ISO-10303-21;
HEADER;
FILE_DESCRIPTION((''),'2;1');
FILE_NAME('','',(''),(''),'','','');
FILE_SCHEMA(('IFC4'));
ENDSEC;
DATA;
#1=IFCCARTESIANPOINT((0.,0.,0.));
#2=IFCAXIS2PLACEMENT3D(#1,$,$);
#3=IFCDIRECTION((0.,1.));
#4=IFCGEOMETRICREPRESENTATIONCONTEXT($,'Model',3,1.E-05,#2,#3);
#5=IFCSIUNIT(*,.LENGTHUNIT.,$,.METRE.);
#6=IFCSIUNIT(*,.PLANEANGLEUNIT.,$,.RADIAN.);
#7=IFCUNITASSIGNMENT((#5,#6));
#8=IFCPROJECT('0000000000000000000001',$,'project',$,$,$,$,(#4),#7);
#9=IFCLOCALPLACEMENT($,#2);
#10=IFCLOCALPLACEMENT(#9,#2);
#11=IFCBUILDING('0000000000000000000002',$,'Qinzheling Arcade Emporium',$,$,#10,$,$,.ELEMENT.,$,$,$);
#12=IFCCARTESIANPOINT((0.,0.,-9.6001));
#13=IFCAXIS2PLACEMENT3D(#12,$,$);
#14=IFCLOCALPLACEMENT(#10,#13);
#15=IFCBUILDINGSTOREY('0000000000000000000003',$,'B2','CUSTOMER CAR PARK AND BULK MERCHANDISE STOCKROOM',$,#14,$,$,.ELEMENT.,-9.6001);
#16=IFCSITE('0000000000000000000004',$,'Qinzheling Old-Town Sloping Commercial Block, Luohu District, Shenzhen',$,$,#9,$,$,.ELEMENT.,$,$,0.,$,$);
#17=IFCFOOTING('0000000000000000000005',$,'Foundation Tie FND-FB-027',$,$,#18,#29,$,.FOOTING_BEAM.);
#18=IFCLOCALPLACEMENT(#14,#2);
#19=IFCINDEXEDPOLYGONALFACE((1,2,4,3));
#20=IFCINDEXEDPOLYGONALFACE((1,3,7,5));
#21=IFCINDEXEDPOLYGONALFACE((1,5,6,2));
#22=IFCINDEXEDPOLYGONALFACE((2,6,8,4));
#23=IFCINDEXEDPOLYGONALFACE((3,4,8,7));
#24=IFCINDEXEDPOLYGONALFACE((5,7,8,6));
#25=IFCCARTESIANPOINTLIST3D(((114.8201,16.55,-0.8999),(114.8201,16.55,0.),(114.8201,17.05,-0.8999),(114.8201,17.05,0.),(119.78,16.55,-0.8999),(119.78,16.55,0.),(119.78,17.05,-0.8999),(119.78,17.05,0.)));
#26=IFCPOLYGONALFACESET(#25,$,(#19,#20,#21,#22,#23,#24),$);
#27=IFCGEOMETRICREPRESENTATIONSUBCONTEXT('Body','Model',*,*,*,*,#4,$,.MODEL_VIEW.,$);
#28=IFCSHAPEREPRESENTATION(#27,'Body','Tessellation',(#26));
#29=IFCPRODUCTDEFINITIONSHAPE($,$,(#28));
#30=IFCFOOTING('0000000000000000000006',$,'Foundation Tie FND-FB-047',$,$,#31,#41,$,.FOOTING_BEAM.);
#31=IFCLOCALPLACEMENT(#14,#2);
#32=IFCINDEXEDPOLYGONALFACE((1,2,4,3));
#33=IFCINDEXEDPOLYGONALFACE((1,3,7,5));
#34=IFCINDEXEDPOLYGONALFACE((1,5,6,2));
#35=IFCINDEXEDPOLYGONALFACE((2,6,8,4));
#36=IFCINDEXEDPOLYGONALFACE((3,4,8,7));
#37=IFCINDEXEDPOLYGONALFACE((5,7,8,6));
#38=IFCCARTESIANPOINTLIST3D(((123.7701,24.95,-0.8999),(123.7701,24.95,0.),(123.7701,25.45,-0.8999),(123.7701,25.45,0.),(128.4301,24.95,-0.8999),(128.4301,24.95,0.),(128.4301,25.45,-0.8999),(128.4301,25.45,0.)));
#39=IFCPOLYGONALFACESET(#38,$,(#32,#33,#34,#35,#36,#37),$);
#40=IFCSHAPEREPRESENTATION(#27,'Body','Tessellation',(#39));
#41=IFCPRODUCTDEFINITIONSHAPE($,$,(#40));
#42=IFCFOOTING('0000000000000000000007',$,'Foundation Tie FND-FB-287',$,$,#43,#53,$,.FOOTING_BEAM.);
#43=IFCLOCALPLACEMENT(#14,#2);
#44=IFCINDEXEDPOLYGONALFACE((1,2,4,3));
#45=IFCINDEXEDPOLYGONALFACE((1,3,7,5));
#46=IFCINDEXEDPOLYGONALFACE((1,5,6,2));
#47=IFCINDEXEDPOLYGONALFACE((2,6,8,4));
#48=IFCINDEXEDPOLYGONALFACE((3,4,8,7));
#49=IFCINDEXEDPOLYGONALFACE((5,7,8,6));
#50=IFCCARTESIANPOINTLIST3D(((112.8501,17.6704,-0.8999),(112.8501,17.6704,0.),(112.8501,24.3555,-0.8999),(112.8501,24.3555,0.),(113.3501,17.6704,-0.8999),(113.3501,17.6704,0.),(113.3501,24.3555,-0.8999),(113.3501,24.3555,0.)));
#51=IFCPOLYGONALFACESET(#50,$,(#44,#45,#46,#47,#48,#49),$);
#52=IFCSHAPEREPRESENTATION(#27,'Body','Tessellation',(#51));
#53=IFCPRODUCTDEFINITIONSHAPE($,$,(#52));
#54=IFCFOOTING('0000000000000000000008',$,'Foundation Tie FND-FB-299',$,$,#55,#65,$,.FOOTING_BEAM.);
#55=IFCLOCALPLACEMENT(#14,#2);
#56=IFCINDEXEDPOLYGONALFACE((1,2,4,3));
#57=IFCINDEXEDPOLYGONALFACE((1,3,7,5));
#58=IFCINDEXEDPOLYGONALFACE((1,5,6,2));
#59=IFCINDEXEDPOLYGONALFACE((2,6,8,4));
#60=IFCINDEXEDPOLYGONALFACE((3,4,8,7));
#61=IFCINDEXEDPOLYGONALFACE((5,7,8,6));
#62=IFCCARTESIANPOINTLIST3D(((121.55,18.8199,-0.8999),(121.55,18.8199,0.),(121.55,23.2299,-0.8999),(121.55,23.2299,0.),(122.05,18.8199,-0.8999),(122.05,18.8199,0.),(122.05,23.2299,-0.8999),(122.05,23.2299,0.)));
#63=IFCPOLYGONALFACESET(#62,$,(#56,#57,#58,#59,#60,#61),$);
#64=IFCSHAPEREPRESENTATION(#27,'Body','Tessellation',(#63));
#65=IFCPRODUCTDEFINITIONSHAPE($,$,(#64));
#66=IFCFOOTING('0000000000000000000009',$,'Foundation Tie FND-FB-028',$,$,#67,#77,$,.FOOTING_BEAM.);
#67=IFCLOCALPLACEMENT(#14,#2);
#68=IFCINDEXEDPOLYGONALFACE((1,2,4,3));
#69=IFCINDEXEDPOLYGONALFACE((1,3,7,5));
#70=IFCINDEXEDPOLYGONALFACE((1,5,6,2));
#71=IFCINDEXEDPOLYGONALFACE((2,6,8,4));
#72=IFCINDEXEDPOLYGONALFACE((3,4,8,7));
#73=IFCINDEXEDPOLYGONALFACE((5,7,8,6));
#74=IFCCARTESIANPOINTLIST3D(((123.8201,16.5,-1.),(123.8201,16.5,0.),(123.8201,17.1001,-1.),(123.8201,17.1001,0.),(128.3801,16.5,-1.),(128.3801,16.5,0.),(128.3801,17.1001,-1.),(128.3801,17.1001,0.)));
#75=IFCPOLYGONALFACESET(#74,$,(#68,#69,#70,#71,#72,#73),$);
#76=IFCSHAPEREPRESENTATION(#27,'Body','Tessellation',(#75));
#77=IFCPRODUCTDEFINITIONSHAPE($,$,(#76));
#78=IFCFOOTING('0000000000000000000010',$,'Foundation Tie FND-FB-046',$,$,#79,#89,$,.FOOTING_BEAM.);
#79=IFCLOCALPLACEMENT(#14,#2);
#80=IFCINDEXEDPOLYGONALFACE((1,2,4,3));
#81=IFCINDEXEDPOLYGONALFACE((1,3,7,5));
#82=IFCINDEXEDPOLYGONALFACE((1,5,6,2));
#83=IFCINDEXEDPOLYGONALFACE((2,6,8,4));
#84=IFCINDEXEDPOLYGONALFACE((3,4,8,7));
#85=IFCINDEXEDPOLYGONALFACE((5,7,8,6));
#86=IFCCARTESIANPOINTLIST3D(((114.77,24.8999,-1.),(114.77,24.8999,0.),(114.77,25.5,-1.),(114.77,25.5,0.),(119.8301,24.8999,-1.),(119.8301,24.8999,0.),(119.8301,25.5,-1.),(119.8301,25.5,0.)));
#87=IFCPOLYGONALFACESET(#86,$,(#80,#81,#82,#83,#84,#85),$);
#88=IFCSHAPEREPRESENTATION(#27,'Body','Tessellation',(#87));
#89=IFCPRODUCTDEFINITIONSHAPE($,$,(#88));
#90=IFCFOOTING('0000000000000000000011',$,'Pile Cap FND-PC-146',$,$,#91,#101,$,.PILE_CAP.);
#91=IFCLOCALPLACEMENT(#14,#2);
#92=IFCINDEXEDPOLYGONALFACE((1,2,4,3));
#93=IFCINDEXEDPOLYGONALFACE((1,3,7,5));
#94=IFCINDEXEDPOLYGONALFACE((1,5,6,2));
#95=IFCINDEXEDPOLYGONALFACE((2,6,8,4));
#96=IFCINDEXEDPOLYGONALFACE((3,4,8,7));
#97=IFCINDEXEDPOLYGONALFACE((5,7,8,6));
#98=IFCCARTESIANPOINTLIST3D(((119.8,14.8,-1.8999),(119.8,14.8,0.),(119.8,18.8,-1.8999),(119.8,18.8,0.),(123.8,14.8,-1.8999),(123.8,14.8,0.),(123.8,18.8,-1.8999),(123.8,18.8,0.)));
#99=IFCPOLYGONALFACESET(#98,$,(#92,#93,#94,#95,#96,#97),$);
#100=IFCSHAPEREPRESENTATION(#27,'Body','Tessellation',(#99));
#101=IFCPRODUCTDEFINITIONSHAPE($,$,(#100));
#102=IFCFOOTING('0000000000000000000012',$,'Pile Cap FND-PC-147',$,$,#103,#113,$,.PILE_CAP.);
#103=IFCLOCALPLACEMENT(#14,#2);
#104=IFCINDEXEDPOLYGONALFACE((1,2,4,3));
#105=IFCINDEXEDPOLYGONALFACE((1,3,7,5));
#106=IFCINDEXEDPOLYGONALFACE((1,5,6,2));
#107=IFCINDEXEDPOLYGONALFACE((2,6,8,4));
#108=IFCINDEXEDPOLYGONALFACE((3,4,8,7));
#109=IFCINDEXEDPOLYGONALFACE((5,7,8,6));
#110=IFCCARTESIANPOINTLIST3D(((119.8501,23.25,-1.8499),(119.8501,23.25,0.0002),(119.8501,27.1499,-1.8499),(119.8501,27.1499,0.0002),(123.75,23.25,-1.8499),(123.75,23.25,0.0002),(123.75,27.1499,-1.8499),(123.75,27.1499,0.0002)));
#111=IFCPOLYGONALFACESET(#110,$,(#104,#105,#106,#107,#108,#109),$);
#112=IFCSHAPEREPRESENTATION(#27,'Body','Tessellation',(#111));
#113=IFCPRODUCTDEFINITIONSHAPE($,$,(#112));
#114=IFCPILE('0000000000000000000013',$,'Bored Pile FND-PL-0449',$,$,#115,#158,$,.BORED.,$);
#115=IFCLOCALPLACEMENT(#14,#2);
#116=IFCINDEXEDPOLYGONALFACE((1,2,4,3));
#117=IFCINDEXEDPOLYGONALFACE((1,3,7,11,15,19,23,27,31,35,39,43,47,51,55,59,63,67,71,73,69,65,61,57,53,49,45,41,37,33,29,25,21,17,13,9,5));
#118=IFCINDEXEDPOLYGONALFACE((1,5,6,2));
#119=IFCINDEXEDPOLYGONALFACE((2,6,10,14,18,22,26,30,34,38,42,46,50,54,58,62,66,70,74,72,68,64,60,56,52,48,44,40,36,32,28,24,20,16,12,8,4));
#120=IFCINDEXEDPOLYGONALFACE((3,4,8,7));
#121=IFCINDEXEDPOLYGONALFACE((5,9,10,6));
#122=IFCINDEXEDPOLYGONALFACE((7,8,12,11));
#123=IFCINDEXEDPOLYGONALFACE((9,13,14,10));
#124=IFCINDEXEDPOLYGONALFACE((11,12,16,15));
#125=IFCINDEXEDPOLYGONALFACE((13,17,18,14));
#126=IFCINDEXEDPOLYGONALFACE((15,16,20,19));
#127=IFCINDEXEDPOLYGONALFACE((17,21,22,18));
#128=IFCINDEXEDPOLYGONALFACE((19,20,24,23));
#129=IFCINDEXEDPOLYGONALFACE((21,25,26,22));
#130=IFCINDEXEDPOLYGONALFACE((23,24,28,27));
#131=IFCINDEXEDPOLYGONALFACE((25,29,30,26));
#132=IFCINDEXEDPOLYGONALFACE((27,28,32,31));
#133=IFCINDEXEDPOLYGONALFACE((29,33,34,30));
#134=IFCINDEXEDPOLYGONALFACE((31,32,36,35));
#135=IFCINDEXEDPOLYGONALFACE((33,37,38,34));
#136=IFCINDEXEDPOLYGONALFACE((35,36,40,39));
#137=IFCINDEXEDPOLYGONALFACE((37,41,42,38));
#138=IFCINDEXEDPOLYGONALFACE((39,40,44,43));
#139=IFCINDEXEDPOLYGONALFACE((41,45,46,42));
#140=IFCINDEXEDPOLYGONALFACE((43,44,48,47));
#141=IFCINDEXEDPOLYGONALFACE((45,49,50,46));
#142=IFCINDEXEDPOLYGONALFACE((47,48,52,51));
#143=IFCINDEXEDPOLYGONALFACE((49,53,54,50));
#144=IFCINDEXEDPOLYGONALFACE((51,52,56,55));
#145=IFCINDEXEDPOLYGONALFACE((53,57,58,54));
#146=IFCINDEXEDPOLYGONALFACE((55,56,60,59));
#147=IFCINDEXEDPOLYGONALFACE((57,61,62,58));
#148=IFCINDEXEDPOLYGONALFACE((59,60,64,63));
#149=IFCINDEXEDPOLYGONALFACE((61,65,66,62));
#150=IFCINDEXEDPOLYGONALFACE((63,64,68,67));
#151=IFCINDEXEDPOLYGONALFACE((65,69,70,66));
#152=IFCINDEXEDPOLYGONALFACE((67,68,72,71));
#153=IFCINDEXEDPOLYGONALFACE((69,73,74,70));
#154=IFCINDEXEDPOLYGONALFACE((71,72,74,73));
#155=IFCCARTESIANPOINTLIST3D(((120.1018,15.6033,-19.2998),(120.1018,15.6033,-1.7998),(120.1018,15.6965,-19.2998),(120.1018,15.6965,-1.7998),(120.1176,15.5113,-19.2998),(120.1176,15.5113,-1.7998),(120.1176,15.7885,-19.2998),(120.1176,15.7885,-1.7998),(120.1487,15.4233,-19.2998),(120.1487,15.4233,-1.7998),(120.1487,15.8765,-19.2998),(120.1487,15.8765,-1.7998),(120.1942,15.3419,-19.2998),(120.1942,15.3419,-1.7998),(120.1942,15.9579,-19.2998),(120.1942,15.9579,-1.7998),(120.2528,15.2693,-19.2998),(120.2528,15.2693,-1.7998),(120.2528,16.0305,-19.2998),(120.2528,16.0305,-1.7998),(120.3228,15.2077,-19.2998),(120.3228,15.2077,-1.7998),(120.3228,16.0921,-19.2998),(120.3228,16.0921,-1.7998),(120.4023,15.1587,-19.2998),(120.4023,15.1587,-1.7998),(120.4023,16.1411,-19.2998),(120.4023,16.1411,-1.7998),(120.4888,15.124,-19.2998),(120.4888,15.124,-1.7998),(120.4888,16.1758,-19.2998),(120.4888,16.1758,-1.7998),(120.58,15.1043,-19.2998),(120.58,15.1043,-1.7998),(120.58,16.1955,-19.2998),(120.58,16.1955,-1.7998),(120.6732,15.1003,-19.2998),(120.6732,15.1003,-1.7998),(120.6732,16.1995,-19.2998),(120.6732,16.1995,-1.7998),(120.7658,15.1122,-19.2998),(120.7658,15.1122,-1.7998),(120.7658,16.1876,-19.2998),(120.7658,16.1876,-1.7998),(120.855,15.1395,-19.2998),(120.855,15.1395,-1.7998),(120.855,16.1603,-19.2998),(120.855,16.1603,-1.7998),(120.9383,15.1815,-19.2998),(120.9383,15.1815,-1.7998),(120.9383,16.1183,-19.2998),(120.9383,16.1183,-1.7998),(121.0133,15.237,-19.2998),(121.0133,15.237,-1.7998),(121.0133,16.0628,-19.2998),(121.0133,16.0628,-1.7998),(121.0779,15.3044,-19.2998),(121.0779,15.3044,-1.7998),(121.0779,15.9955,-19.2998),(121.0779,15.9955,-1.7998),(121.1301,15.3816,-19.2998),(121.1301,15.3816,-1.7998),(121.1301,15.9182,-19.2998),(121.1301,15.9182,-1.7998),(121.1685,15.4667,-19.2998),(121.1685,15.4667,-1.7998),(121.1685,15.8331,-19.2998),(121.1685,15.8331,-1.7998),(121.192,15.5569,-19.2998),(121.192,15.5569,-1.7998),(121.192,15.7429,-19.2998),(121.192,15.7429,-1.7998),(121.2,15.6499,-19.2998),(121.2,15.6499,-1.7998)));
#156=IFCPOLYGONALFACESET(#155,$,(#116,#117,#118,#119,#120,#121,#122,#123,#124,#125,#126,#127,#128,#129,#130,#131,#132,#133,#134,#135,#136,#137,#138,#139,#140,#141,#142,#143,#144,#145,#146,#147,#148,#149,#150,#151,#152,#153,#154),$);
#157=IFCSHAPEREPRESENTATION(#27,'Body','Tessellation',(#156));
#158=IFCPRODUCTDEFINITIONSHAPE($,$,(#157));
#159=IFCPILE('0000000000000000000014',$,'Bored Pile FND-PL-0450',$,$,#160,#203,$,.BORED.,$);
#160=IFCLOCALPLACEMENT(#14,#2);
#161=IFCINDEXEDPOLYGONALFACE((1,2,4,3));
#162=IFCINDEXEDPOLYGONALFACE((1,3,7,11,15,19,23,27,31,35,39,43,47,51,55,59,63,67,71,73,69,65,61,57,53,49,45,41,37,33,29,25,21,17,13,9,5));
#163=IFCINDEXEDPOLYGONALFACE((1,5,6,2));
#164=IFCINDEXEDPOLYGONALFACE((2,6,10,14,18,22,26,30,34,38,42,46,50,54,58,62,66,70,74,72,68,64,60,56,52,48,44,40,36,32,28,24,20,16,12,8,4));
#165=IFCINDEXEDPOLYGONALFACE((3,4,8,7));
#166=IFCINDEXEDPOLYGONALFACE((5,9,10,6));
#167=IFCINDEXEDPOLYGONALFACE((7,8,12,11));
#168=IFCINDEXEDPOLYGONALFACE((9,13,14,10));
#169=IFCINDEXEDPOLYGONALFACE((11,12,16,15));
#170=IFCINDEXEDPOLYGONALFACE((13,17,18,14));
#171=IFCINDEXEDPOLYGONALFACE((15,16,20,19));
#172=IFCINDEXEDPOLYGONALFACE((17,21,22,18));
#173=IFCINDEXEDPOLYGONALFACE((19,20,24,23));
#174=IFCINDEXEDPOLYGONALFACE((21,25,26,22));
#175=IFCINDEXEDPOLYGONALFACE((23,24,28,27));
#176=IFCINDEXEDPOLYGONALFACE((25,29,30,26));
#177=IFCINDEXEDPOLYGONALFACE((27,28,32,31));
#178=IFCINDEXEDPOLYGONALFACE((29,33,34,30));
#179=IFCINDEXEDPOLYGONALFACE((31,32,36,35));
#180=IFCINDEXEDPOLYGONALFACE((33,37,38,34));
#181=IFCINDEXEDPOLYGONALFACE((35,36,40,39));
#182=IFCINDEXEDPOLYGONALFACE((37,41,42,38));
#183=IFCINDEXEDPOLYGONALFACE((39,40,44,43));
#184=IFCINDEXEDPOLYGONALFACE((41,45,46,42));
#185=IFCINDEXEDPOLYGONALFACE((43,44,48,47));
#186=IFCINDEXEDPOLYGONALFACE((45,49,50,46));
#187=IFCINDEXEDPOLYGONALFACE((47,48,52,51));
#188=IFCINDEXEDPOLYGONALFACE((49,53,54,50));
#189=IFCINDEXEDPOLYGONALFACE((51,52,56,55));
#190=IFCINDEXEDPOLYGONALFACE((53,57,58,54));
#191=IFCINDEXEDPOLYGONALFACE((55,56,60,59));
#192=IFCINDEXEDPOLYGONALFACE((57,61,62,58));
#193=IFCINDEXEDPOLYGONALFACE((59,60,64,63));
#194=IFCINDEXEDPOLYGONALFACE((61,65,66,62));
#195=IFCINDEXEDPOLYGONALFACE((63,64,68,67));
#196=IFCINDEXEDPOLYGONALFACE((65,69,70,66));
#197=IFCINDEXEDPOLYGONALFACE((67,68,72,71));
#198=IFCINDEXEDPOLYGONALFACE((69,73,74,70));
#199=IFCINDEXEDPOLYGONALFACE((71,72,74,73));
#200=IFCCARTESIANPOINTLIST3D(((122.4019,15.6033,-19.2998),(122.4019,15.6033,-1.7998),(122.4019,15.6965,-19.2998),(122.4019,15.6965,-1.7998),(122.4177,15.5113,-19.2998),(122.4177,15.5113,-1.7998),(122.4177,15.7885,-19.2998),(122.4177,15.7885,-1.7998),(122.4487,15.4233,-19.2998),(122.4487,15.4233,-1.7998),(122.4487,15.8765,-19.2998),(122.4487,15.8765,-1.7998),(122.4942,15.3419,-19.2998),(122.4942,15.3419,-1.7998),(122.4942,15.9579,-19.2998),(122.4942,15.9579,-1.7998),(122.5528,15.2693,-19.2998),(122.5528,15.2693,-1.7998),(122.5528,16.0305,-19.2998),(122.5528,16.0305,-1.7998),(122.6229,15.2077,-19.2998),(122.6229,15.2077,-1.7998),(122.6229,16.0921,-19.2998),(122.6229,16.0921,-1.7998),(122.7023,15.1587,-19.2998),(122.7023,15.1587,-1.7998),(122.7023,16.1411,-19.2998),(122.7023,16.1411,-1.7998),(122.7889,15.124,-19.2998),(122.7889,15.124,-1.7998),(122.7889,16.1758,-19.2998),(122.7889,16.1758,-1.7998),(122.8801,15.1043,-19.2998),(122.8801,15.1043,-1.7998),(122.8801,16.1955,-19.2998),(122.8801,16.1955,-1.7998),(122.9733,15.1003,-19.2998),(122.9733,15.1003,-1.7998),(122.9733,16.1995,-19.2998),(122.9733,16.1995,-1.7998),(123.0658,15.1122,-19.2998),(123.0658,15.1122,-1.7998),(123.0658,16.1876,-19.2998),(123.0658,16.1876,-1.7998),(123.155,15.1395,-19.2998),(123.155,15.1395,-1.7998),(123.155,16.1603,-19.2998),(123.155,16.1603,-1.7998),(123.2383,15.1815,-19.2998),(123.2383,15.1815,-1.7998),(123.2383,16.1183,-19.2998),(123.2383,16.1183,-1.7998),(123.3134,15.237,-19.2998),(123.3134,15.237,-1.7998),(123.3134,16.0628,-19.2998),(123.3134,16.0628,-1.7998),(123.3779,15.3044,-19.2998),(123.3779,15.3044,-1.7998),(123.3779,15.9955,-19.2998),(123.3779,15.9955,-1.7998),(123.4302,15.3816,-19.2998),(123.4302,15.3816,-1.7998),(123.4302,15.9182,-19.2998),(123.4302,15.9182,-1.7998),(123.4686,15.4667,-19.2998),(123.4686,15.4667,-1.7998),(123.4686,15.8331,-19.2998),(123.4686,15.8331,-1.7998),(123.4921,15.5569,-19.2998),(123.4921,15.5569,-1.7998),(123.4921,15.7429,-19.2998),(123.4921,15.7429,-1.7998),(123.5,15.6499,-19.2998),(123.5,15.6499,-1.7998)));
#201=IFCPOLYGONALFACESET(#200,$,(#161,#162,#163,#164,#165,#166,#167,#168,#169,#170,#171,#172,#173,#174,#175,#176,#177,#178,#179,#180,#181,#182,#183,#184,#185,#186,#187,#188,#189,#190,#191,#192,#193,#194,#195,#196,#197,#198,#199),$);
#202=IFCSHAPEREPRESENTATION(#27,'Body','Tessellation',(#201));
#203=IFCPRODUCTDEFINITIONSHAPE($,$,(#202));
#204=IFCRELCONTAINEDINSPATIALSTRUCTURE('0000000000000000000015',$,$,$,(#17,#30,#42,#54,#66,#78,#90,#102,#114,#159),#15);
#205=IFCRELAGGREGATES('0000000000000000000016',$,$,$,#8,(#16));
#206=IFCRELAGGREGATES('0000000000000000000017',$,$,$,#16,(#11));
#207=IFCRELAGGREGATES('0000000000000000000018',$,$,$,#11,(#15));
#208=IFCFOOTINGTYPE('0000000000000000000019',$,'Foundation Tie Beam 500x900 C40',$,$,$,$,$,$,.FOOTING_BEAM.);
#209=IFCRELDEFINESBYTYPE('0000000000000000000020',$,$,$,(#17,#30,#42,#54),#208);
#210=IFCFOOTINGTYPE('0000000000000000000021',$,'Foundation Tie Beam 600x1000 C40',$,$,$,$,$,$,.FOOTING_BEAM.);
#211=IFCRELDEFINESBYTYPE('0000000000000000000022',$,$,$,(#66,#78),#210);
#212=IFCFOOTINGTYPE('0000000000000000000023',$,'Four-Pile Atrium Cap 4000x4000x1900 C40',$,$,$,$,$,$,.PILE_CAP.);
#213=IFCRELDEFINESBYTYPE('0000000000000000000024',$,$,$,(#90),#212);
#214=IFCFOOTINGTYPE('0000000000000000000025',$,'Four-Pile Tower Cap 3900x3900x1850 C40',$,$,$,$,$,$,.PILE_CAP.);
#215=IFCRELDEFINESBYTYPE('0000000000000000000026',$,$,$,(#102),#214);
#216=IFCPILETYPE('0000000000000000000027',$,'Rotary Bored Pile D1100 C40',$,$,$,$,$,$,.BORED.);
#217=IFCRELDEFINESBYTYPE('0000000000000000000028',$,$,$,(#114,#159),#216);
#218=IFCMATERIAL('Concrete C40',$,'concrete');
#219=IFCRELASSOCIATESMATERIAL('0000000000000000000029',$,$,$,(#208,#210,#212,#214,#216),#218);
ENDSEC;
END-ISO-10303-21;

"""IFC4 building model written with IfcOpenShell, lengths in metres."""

from ifc_helpers import new_model, si_unit, direction, frame, origin, origin_2d, place, context, subcontext, project, spatial, rectangle, circle, extrude, material, material_profile, profile_set, type_object, element, save


model = new_model("IFC4")

# Units and contexts
model_context = context("Model", 3, precision=1e-05, world=origin(), true_north=direction((0.0, 1.0)))
body_context = subcontext(model_context, "Body", "Model", "MODEL_VIEW")
ifc_project = project(units=[si_unit("LENGTHUNIT", "METRE"), si_unit("PLANEANGLEUNIT", "RADIAN")], contexts=[model_context])

# Site, building, storey
site_placement = place(None, origin())
site = spatial("IfcSite", under=ifc_project, at=site_placement, Name="Qinzheling Old-Town Sloping Commercial Block, Luohu District, Shenzhen", CompositionType="ELEMENT", RefElevation=0.0)
building_placement = place(site_placement, origin())
building = spatial("IfcBuilding", under=site, at=building_placement, Name="Qinzheling Arcade Emporium", CompositionType="ELEMENT")
storey_placement = place(building_placement, frame((0.0, 0.0, -9.6001)))
storey = spatial("IfcBuildingStorey", under=building, at=storey_placement, Name="B2", Description="CUSTOMER CAR PARK AND BULK MERCHANDISE STOCKROOM", CompositionType="ELEMENT", Elevation=-9.6001)

# Footings
ifc_material_1 = material(Name="Concrete C40", Category="concrete")
footing_type_1 = type_object("IfcFootingType", Name="Foundation Tie Beam 500x900 C40", PredefinedType="FOOTING_BEAM", material=ifc_material_1)
footing_1_placement = place(storey_placement, frame((117.3, 16.8, -0.8999), z_axis=(0.0, 0.0, 1.0), x_axis=(1.0, 0.0, 0.0)))
element("IfcFooting", 1, at=footing_1_placement, inside=storey, type_object=footing_type_1, Name="Foundation Tie FND-FB-027", PredefinedType="FOOTING_BEAM", context=body_context, shape_type="SweptSolid", body=[
    extrude(rectangle(XDim=4.96, YDim=0.5, at=origin_2d()), origin(), (0.0, 0.0, 1.0), 0.8999),
])
footing_2_placement = place(storey_placement, frame((126.1001, 25.2, -0.8999), z_axis=(0.0, 0.0, 1.0), x_axis=(1.0, 0.0, 0.0)))
element("IfcFooting", 2, at=footing_2_placement, inside=storey, type_object=footing_type_1, Name="Foundation Tie FND-FB-047", PredefinedType="FOOTING_BEAM", context=body_context, shape_type="SweptSolid", body=[
    extrude(rectangle(XDim=4.6599, YDim=0.5, at=origin_2d()), origin(), (0.0, 0.0, 1.0), 0.8999),
])
footing_3_placement = place(storey_placement, frame((113.1001, 21.0129, -0.8999), z_axis=(0.0, 0.0, 1.0), x_axis=(1.0, 0.0, 0.0)))
element("IfcFooting", 3, at=footing_3_placement, inside=storey, type_object=footing_type_1, Name="Foundation Tie FND-FB-287", PredefinedType="FOOTING_BEAM", context=body_context, shape_type="SweptSolid", body=[
    extrude(rectangle(XDim=0.5, YDim=6.6851, at=origin_2d()), origin(), (0.0, 0.0, 1.0), 0.8999),
])
footing_4_placement = place(storey_placement, frame((121.8, 21.0249, -0.8999), z_axis=(0.0, 0.0, 1.0), x_axis=(1.0, 0.0, 0.0)))
element("IfcFooting", 4, at=footing_4_placement, inside=storey, type_object=footing_type_1, Name="Foundation Tie FND-FB-299", PredefinedType="FOOTING_BEAM", context=body_context, shape_type="SweptSolid", body=[
    extrude(rectangle(XDim=0.5, YDim=4.4099, at=origin_2d()), origin(), (0.0, 0.0, 1.0), 0.8999),
])
footing_type_2 = type_object("IfcFootingType", Name="Foundation Tie Beam 600x1000 C40", PredefinedType="FOOTING_BEAM", material=ifc_material_1)
footing_5_placement = place(storey_placement, frame((126.1001, 16.8, -1.0), z_axis=(0.0, 0.0, 1.0), x_axis=(1.0, 0.0, 0.0)))
element("IfcFooting", 5, at=footing_5_placement, inside=storey, type_object=footing_type_2, Name="Foundation Tie FND-FB-028", PredefinedType="FOOTING_BEAM", context=body_context, shape_type="SweptSolid", body=[
    extrude(rectangle(XDim=4.5601, YDim=0.6001, at=origin_2d()), origin(), (0.0, 0.0, 1.0), 1.0),
])
footing_6_placement = place(storey_placement, frame((117.3, 25.2, -1.0), z_axis=(0.0, 0.0, 1.0), x_axis=(1.0, 0.0, 0.0)))
element("IfcFooting", 6, at=footing_6_placement, inside=storey, type_object=footing_type_2, Name="Foundation Tie FND-FB-046", PredefinedType="FOOTING_BEAM", context=body_context, shape_type="SweptSolid", body=[
    extrude(rectangle(XDim=5.0601, YDim=0.6001, at=origin_2d()), origin(), (0.0, 0.0, 1.0), 1.0),
])
footing_type_3 = type_object("IfcFootingType", Name="Four-Pile Atrium Cap 4000x4000x1900 C40", PredefinedType="PILE_CAP", material=ifc_material_1)
footing_7_placement = place(storey_placement, frame((121.8, 16.8, -1.8999), z_axis=(0.0, 0.0, 1.0), x_axis=(1.0, 0.0, 0.0)))
element("IfcFooting", 7, at=footing_7_placement, inside=storey, type_object=footing_type_3, Name="Pile Cap FND-PC-146", PredefinedType="PILE_CAP", context=body_context, shape_type="SweptSolid", body=[
    extrude(rectangle(XDim=4.0, YDim=4.0, at=origin_2d()), origin(), (0.0, 0.0, 1.0), 1.8999),
])
footing_type_4 = type_object("IfcFootingType", Name="Four-Pile Tower Cap 3900x3900x1850 C40", PredefinedType="PILE_CAP", material=ifc_material_1)
footing_8_placement = place(storey_placement, frame((121.8, 25.2, -1.8499), z_axis=(0.0, 0.0, 1.0), x_axis=(1.0, 0.0, 0.0)))
element("IfcFooting", 8, at=footing_8_placement, inside=storey, type_object=footing_type_4, Name="Pile Cap FND-PC-147", PredefinedType="PILE_CAP", context=body_context, shape_type="SweptSolid", body=[
    extrude(rectangle(XDim=3.8999, YDim=3.8999, at=origin_2d()), origin(), (0.0, 0.0, 1.0), 1.8501),
])

# Piles
ifc_material_profile_1 = material_profile(ifc_material_1, circle(Radius=0.55, at=origin_2d()), Name="BORED D1100", Category="concrete")
ifc_profile_set_1 = profile_set([ifc_material_profile_1], Name="Concrete C40")
pile_type_1 = type_object("IfcPileType", Name="Rotary Bored Pile D1100 C40", PredefinedType="BORED", material=ifc_profile_set_1)
for number, where, z_axis, x_axis, name in (
    (9, (120.6499, 15.6499, -1.7998), (0.0, 0.0, -1.0), (1.0, 0.0, 0.0), "Bored Pile FND-PL-0449"),
    (10, (122.95, 15.6499, -1.7998), (0.0, 0.0, -1.0), (1.0, 0.0, 0.0), "Bored Pile FND-PL-0450"),
):
    element("IfcPile", number, at=place(storey_placement, frame(where, z_axis=z_axis, x_axis=x_axis)), inside=storey, type_object=pile_type_1, Name=name, PredefinedType="BORED", context=body_context, shape_type="SweptSolid", body=[
        extrude(circle(Radius=0.55, at=origin_2d()), origin(), (0.0, 0.0, 1.0), 17.5),
    ])

save(model, "model.ifc")
